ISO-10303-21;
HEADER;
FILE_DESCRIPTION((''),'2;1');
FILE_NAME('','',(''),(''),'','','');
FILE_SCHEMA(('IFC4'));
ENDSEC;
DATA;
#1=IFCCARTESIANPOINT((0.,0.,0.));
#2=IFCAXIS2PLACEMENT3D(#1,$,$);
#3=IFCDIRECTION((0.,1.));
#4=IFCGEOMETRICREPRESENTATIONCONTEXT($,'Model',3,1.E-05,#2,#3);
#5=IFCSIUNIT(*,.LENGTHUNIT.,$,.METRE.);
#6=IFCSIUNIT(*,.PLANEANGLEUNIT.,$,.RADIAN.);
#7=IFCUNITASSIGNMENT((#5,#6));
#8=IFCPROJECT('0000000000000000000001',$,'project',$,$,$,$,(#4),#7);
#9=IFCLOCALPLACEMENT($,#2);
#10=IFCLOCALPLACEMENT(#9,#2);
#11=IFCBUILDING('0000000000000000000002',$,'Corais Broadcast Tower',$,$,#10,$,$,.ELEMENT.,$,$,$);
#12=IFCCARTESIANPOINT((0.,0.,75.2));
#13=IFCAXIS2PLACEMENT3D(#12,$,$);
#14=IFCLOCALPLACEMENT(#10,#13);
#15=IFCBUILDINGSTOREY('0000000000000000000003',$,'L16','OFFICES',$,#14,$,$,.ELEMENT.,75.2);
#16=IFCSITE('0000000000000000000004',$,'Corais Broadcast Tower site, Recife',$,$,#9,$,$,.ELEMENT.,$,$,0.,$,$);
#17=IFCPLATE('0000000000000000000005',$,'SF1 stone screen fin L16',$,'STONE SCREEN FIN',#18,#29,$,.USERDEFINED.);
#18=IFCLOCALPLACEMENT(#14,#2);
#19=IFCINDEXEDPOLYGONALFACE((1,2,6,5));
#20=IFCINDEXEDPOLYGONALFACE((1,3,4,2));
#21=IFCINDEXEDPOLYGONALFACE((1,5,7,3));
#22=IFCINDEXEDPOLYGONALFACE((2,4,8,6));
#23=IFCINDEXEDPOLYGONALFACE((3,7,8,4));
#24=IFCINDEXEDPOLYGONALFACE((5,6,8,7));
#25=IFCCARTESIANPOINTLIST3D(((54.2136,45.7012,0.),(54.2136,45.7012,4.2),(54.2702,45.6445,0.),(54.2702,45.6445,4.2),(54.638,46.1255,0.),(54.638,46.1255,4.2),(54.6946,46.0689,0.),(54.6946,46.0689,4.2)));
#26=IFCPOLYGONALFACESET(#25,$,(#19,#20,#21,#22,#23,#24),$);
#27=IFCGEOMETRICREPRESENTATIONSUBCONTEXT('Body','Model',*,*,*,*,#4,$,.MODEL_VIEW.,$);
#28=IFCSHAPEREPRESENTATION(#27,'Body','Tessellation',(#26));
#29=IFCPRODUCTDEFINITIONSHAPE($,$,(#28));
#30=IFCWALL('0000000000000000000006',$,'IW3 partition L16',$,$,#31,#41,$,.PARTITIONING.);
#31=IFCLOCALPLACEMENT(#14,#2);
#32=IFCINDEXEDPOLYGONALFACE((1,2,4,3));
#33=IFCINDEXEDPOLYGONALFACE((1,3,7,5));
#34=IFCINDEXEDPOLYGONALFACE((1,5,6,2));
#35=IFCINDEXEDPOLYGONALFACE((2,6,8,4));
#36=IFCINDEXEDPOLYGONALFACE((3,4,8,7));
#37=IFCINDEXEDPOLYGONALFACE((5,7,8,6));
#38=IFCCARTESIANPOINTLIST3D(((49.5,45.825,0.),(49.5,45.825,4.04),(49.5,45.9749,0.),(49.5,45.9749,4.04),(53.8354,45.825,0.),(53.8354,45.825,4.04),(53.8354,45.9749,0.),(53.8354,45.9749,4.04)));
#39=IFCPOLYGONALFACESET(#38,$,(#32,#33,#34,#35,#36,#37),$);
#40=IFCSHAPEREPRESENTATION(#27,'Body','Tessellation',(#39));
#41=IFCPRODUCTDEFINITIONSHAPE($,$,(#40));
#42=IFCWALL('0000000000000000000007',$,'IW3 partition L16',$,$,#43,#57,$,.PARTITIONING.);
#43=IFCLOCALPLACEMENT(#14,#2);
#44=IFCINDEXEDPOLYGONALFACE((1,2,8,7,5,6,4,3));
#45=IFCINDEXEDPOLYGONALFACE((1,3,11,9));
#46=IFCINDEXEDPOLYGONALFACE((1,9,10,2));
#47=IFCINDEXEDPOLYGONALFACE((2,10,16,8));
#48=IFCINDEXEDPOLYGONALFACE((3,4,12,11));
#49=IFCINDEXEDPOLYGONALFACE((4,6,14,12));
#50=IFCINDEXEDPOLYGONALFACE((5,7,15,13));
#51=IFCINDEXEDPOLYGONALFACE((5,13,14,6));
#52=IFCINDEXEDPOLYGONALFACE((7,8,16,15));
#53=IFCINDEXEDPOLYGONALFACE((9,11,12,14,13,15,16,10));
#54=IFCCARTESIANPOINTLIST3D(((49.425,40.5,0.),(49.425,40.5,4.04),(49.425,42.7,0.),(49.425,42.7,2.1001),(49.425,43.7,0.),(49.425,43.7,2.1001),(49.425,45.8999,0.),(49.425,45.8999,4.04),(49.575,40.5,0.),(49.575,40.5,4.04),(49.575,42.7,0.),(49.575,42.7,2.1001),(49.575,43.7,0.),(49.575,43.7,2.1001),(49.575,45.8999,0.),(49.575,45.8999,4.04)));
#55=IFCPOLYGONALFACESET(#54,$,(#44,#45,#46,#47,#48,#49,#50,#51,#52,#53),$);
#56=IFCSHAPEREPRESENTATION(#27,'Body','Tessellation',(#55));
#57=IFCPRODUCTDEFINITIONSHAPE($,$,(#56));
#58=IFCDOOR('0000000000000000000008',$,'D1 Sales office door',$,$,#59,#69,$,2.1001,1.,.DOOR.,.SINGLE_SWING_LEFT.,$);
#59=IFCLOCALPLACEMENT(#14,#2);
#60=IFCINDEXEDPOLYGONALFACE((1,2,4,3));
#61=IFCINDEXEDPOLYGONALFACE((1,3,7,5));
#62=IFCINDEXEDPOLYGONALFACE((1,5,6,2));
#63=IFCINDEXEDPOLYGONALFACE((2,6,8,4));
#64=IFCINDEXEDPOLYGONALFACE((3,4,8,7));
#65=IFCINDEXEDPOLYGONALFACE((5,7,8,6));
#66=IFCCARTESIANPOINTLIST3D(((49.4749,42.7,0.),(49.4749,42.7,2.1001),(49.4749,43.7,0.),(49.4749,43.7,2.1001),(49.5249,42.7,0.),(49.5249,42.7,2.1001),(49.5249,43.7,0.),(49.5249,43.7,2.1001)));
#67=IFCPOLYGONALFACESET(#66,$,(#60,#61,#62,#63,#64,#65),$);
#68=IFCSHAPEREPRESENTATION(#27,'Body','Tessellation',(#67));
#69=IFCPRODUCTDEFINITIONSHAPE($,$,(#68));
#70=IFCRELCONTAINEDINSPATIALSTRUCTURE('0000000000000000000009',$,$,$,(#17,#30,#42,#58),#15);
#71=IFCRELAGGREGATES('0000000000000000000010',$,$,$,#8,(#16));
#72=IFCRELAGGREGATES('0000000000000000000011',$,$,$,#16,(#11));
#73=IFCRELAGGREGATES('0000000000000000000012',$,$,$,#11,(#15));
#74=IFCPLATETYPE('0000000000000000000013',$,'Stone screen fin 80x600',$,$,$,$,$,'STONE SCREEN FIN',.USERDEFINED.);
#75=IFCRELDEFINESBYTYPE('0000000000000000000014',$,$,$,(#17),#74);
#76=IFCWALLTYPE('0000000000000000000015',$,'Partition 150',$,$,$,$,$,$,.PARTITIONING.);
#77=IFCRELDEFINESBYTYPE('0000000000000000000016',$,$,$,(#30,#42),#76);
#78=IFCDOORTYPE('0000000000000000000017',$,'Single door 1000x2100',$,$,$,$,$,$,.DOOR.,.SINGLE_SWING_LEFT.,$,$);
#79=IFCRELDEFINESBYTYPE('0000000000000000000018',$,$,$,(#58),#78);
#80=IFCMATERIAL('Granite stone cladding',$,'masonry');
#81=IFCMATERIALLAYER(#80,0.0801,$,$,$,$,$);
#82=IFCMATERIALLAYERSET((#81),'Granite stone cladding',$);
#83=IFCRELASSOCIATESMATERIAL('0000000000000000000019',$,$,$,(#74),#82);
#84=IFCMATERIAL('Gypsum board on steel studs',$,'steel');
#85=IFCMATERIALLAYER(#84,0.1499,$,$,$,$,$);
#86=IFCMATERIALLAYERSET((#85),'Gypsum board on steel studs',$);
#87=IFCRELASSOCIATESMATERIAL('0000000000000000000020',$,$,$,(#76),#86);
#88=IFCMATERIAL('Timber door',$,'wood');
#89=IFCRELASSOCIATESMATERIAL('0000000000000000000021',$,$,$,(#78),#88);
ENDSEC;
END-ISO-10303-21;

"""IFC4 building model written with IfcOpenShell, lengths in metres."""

from ifc_helpers import new_model, si_unit, direction, frame, frame_2d, origin, origin_2d, place, context, subcontext, project, spatial, rectangle, extrude, material, layer, layer_set, type_object, element, fill, save


model = new_model("IFC4")

# Units and contexts
model_context = context("Model", 3, precision=1e-05, world=origin(), true_north=direction((0.0, 1.0)))
body_context = subcontext(model_context, "Body", "Model", "MODEL_VIEW")
ifc_project = project(units=[si_unit("LENGTHUNIT", "METRE"), si_unit("PLANEANGLEUNIT", "RADIAN")], contexts=[model_context])

# Site, building, storey
site_placement = place(None, origin())
site = spatial("IfcSite", under=ifc_project, at=site_placement, Name="Corais Broadcast Tower site, Recife", CompositionType="ELEMENT", RefElevation=0.0)
building_placement = place(site_placement, origin())
building = spatial("IfcBuilding", under=site, at=building_placement, Name="Corais Broadcast Tower", CompositionType="ELEMENT")
storey_placement = place(building_placement, frame((0.0, 0.0, 75.2)))
storey = spatial("IfcBuildingStorey", under=building, at=storey_placement, Name="L16", Description="OFFICES", CompositionType="ELEMENT", Elevation=75.2)

# Plate
ifc_material_1 = material(Name="Granite stone cladding", Category="masonry")
ifc_layer_1 = layer(ifc_material_1, 0.0801)
ifc_layer_set_1 = layer_set([ifc_layer_1], Name="Granite stone cladding")
plate_type_1 = type_object("IfcPlateType", Name="Stone screen fin 80x600", ElementType="STONE SCREEN FIN", PredefinedType="USERDEFINED", material=ifc_layer_set_1)
for number, where, z_axis, x_axis, name in (
    (1, (54.4541, 45.885, 0.0), (0.0, 0.0, 1.0), (0.707107, -0.707107, 0.0), "SF1 stone screen fin L16"),
):
    element("IfcPlate", number, at=place(storey_placement, frame(where, z_axis=z_axis, x_axis=x_axis)), inside=storey, type_object=plate_type_1, Name=name, ObjectType="STONE SCREEN FIN", PredefinedType="USERDEFINED", context=body_context, shape_type="SweptSolid", body=[
        extrude(rectangle(XDim=0.0801, YDim=0.6001, at=origin_2d()), origin(), (0.0, 0.0, 1.0), 4.2),
    ])

# Wall
ifc_material_2 = material(Name="Gypsum board on steel studs", Category="steel")
ifc_layer_2 = layer(ifc_material_2, 0.1499)
ifc_layer_set_2 = layer_set([ifc_layer_2], Name="Gypsum board on steel studs")
wall_type = type_object("IfcWallType", Name="Partition 150", PredefinedType="PARTITIONING", material=ifc_layer_set_2)
wall_1_placement = place(storey_placement, frame((53.8354, 45.8999, 0.0), z_axis=(0.0, 0.0, 1.0), x_axis=(-1.0, 0.0, 0.0)))
element("IfcWall", 2, at=wall_1_placement, inside=storey, type_object=wall_type, Name="IW3 partition L16", PredefinedType="PARTITIONING", context=body_context, shape_type="SweptSolid", body=[
    extrude(rectangle(XDim=4.3354, YDim=0.1499, at=frame_2d((2.1677, 0.0))), origin(), (0.0, 0.0, 1.0), 4.04),
])

# Wall, opening, door
wall_2_placement = place(storey_placement, frame((49.5, 45.8999, 0.0), z_axis=(0.0, 0.0, 1.0), x_axis=(0.0, -1.0, 0.0)))
wall_2 = element("IfcWall", 3, at=wall_2_placement, inside=storey, type_object=wall_type, Name="IW3 partition L16", PredefinedType="PARTITIONING", context=body_context, shape_type="SweptSolid", body=[
    extrude(rectangle(XDim=5.3999, YDim=0.1499, at=frame_2d((2.7, 0.0))), origin(), (0.0, 0.0, 1.0), 4.04),
])
opening_placement = place(wall_2_placement, frame((2.2, 0.0, 0.0)))
opening = element("IfcOpeningElement", 4, at=opening_placement, cuts=wall_2, PredefinedType="OPENING", context=body_context, shape_type="SweptSolid", body=[
    extrude(rectangle(XDim=1.0, YDim=2.1001, at=frame_2d((0.5, 1.05))), frame((0.0, 0.085, 0.0), z_axis=(0.0, -1.0, 0.0), x_axis=(1.0, 0.0, 0.0)), (0.0, 0.0, 1.0), 0.1699),
])
ifc_material_3 = material(Name="Timber door", Category="wood")
door_type = type_object("IfcDoorType", Name="Single door 1000x2100", OperationType="SINGLE_SWING_LEFT", PredefinedType="DOOR", material=ifc_material_3)
door_placement = place(opening_placement, origin())
door = element("IfcDoor", 5, at=door_placement, inside=storey, type_object=door_type, Name="D1 Sales office door", OperationType="SINGLE_SWING_LEFT", OverallHeight=2.1001, OverallWidth=1.0, PredefinedType="DOOR", context=body_context, shape_type="SweptSolid", body=[
    extrude(rectangle(XDim=1.0, YDim=2.1001, at=frame_2d((0.5, 1.05))), frame((0.0, 0.0249, 0.0), z_axis=(0.0, -1.0, 0.0), x_axis=(1.0, 0.0, 0.0)), (0.0, 0.0, 1.0), 0.05),
])
fill(opening, door)

save(model, "model.ifc")
